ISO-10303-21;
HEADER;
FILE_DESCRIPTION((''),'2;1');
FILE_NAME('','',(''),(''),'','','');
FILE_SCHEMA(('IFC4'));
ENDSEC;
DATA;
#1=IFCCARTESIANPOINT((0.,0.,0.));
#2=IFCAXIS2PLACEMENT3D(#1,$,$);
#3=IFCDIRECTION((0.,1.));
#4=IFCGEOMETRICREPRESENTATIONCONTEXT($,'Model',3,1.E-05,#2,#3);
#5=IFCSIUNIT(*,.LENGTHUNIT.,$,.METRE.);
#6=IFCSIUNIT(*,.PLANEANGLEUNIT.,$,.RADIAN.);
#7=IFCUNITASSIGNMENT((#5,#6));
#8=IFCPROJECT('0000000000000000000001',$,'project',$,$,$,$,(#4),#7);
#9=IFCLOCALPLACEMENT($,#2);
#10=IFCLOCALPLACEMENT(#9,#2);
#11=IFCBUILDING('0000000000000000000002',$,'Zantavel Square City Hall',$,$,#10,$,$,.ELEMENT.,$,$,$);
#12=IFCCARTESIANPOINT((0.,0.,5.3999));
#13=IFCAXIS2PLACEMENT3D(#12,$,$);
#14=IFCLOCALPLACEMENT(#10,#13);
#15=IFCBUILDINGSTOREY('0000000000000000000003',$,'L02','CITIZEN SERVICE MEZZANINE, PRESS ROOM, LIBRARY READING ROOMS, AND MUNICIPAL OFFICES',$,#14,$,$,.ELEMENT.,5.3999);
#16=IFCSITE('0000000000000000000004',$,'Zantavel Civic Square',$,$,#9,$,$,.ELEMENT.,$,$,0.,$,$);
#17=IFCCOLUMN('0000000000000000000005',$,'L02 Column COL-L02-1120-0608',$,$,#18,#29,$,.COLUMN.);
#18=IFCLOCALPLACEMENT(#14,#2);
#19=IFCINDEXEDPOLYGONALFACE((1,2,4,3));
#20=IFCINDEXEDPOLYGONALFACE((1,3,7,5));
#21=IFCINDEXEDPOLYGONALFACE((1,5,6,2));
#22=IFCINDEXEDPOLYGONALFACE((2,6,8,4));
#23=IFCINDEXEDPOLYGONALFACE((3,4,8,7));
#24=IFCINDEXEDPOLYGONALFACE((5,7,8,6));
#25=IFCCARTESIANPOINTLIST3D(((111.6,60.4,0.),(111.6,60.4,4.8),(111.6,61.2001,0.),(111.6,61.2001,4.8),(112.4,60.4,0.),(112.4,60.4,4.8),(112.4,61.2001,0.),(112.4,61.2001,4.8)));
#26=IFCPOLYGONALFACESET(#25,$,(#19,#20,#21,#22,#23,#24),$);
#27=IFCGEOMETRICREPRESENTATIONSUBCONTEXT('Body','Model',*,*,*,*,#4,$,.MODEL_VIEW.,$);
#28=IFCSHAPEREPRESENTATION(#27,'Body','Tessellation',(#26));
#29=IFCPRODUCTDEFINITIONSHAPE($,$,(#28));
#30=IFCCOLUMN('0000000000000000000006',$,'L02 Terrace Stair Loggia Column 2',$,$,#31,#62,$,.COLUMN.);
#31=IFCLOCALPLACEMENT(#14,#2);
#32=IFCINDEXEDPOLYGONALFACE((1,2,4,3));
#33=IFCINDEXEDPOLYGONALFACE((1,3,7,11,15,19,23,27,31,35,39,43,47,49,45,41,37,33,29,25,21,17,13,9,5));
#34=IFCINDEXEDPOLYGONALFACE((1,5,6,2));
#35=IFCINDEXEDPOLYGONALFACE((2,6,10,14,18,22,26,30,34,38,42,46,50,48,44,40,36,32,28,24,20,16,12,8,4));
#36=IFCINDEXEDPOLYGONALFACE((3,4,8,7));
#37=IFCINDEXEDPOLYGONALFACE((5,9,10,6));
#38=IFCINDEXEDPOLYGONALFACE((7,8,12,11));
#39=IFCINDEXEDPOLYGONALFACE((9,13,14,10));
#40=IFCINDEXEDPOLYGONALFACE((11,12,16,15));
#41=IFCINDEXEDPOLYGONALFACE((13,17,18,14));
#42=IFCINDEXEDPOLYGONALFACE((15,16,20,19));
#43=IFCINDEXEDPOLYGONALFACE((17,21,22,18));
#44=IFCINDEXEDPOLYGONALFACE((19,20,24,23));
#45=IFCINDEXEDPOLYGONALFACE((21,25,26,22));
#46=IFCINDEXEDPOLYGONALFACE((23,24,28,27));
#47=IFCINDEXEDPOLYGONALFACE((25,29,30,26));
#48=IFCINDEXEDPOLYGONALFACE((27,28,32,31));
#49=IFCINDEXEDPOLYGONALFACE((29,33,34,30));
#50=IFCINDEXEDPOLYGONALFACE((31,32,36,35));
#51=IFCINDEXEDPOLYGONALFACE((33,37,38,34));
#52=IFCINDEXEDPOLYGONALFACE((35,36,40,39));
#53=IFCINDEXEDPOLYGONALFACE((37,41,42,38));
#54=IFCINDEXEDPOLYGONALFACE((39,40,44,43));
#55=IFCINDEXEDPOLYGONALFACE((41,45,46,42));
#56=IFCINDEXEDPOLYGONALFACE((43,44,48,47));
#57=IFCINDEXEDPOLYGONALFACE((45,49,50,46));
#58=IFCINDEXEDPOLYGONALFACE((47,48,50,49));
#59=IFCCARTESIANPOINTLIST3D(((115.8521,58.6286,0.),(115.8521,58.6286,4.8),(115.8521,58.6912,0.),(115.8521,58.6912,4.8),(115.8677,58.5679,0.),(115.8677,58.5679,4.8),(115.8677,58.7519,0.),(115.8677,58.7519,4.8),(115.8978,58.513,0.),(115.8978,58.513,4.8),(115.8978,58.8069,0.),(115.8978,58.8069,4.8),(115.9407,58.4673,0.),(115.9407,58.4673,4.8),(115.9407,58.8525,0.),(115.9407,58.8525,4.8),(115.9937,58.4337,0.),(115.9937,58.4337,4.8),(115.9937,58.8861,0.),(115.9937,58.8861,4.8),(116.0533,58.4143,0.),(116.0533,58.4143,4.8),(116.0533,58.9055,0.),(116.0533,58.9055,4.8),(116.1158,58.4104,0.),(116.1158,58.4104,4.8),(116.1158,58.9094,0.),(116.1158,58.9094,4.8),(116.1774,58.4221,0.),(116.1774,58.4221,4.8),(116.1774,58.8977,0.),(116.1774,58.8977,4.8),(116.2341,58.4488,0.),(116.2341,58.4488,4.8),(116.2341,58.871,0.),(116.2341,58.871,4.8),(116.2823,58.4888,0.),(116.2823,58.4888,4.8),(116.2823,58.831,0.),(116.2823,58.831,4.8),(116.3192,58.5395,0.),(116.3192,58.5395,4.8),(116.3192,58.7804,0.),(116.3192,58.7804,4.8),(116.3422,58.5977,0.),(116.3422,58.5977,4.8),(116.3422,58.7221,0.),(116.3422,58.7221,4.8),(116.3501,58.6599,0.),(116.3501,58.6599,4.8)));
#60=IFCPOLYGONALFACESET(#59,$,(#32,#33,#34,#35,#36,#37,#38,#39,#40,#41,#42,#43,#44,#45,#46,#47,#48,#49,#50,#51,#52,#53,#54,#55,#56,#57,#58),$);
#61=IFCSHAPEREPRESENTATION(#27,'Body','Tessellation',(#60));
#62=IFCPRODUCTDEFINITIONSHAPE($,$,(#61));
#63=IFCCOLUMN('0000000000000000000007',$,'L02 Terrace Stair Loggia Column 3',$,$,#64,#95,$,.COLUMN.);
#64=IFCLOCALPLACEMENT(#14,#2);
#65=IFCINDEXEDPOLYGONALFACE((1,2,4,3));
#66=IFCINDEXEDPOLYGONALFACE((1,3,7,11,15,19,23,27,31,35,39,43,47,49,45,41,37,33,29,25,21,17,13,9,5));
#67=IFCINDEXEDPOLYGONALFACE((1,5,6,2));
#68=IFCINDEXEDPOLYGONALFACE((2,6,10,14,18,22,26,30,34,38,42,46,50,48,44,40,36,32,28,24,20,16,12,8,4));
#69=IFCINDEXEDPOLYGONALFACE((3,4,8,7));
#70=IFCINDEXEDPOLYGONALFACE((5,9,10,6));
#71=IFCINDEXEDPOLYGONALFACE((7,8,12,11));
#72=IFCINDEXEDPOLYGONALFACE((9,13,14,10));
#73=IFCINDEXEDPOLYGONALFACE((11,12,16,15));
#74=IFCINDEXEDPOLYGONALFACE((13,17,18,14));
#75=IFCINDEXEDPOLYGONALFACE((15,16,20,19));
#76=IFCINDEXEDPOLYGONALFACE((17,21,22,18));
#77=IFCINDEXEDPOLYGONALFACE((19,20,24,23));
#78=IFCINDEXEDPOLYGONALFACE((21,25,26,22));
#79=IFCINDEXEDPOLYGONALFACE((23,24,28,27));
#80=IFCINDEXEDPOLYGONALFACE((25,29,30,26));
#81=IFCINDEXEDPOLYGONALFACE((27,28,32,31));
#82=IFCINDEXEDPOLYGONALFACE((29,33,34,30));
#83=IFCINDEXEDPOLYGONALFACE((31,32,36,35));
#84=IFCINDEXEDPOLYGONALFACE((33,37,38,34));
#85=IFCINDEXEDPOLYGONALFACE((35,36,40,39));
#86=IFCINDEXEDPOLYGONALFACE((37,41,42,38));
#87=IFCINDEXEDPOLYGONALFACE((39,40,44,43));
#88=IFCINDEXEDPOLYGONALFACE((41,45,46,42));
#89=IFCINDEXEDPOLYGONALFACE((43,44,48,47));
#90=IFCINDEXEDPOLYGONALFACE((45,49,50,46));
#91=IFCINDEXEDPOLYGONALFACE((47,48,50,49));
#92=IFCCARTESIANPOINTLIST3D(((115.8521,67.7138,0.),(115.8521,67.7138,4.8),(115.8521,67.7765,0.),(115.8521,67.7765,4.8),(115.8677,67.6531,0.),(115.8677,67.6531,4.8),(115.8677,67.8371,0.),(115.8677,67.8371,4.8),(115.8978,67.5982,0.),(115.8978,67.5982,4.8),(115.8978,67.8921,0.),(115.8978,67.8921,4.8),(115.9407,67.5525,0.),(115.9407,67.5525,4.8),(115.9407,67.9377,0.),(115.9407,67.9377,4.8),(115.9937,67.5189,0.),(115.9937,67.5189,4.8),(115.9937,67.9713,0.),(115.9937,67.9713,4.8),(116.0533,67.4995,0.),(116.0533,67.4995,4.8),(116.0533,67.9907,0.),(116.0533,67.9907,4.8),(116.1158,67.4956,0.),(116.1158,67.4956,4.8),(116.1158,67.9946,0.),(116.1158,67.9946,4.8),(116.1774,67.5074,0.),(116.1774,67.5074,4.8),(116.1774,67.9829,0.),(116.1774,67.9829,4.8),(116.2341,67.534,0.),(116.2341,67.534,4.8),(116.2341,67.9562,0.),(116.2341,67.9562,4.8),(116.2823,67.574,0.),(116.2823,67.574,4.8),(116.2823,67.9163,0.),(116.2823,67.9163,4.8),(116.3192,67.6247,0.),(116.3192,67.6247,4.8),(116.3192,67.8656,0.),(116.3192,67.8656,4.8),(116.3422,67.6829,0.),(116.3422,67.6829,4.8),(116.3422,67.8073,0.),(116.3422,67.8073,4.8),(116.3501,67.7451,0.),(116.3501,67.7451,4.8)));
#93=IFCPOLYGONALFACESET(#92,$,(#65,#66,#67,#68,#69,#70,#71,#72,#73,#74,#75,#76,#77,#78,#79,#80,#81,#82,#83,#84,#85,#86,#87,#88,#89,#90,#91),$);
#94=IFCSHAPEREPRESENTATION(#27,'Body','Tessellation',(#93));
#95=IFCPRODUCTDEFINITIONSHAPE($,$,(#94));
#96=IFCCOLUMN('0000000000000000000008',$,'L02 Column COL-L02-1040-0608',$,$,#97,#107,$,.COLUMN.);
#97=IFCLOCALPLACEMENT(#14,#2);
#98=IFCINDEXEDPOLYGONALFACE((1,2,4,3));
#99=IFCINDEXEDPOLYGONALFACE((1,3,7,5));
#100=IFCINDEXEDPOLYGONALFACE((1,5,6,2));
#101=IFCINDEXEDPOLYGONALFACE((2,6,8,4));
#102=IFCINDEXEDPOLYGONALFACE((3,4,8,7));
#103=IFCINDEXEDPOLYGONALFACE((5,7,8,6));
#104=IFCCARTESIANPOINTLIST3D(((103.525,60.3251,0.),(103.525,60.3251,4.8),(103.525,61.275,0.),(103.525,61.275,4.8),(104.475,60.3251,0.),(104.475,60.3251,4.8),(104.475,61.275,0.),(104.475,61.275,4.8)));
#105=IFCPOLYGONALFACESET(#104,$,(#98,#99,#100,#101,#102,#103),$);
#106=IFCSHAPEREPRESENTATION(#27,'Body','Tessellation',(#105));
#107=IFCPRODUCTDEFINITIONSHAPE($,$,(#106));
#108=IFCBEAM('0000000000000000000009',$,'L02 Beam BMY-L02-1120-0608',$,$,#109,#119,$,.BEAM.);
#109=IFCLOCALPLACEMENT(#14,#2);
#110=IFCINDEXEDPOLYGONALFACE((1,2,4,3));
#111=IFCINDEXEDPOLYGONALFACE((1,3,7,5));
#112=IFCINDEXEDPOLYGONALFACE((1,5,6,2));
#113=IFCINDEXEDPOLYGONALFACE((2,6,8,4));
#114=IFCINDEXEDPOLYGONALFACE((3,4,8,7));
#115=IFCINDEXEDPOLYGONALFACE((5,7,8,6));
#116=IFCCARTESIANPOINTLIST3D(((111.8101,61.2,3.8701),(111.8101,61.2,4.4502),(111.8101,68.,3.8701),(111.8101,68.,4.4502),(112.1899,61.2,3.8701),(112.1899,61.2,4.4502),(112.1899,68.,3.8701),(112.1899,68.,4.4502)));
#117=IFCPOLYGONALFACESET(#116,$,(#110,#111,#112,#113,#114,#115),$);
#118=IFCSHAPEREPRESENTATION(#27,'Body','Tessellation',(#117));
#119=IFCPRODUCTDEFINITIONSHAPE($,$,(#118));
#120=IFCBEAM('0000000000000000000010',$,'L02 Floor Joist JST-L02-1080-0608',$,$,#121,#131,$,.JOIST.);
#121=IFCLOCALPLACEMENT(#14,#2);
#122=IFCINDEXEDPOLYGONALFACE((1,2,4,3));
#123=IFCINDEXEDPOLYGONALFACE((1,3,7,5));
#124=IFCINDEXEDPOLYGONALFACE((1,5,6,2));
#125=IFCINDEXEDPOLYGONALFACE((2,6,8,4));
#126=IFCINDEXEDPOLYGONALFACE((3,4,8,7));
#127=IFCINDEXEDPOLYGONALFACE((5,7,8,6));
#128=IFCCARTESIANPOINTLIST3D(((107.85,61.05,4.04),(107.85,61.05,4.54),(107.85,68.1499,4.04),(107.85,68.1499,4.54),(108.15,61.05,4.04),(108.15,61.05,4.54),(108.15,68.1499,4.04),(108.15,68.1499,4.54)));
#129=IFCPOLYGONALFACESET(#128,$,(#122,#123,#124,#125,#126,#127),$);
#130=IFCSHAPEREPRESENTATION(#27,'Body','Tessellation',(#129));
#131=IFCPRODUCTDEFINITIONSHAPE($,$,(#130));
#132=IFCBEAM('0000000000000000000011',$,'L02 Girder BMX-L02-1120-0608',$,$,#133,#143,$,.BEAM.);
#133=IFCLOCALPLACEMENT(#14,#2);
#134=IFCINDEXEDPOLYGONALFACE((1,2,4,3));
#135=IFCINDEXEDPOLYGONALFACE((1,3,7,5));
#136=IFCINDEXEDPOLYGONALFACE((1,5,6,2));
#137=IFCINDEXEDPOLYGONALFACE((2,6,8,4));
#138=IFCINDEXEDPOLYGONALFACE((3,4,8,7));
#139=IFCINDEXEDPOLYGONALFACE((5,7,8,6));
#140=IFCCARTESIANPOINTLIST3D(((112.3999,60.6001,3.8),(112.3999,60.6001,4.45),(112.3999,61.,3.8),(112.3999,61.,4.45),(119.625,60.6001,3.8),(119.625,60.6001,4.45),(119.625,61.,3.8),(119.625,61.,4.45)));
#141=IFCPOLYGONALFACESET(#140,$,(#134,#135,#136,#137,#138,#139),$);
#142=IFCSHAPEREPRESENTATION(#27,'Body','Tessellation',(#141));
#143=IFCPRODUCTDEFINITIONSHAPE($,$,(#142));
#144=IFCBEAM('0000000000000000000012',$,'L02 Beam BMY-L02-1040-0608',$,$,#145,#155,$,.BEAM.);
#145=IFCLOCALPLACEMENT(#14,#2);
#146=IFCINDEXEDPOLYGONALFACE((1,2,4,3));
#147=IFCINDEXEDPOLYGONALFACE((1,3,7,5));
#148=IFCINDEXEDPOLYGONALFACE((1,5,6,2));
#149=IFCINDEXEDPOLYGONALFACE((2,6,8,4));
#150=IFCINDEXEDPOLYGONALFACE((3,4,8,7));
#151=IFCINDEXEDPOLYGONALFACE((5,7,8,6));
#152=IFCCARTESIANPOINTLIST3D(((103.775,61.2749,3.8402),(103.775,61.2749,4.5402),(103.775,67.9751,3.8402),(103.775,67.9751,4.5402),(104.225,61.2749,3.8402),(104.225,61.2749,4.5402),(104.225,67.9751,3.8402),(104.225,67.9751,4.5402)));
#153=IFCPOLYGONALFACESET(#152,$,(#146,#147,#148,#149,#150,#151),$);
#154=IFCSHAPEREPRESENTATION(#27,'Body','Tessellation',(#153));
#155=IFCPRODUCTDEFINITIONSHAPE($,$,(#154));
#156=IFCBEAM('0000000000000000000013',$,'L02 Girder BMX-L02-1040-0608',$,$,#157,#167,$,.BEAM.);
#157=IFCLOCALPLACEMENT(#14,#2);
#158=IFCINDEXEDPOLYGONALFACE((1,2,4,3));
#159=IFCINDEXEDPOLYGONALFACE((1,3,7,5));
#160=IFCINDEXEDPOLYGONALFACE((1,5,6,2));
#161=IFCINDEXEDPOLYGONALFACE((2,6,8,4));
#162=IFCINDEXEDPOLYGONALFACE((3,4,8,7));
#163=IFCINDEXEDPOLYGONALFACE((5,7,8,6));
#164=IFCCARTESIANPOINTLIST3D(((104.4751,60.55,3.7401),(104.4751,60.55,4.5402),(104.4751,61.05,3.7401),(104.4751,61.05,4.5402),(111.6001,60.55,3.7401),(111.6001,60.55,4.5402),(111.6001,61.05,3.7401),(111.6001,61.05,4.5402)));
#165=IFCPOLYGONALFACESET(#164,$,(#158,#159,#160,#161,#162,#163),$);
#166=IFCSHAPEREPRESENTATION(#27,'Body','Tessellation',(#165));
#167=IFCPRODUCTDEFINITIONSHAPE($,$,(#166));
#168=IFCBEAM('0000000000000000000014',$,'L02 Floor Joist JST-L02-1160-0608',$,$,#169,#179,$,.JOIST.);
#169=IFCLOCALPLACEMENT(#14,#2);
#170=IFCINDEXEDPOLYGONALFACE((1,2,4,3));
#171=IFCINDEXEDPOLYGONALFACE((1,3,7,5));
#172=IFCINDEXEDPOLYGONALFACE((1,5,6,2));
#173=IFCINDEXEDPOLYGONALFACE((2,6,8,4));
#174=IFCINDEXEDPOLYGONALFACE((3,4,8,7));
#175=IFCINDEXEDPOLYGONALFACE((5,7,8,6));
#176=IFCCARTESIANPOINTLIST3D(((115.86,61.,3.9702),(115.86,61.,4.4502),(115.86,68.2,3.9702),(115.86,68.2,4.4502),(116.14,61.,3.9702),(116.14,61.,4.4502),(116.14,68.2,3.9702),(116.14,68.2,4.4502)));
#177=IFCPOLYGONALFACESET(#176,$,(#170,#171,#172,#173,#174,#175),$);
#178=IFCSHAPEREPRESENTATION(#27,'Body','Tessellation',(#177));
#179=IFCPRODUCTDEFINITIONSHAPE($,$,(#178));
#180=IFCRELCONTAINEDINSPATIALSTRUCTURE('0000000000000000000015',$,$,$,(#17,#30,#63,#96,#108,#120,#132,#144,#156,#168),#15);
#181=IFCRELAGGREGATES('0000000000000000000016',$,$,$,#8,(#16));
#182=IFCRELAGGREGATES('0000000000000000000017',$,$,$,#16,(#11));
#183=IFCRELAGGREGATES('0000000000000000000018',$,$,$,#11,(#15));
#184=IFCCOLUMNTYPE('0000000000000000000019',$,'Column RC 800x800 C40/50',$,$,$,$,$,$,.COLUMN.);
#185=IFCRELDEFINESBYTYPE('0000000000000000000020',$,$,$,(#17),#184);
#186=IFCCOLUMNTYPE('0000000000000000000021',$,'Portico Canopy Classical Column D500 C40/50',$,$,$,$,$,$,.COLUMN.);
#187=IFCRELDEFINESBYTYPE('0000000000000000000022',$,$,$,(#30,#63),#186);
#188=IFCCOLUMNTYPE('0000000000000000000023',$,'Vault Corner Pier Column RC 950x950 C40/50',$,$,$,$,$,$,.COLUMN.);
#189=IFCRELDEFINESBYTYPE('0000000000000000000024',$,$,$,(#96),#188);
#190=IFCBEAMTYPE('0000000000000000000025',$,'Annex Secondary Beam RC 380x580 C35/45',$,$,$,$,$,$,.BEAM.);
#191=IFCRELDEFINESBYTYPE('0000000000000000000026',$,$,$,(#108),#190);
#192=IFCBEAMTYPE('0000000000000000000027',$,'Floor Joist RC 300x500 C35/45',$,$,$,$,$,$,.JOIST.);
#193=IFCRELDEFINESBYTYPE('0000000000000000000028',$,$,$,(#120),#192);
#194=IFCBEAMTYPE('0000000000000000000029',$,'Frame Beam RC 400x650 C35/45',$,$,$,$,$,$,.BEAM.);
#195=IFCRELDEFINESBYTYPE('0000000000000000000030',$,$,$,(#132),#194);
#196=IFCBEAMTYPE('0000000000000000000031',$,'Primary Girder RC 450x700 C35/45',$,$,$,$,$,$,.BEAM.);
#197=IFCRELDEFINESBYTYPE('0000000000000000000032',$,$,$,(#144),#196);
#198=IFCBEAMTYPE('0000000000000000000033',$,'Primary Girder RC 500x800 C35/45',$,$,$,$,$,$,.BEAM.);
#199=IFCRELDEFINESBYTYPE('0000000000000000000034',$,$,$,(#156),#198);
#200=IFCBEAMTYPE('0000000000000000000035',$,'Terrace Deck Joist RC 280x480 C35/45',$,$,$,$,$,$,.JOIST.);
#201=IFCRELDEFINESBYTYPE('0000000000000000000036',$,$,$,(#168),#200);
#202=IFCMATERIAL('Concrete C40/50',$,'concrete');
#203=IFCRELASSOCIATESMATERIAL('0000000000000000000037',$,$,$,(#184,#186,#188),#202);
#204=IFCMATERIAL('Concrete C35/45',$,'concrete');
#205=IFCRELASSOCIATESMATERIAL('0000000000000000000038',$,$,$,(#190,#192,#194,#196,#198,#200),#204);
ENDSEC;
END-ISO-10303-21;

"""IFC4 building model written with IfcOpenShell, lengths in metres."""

from ifc_helpers import new_model, si_unit, direction, frame, origin, origin_2d, place, context, subcontext, project, spatial, rectangle, circle, extrude, material, material_profile, profile_set, type_object, element, save


model = new_model("IFC4")

# Units and contexts
model_context = context("Model", 3, precision=1e-05, world=origin(), true_north=direction((0.0, 1.0)))
body_context = subcontext(model_context, "Body", "Model", "MODEL_VIEW")
ifc_project = project(units=[si_unit("LENGTHUNIT", "METRE"), si_unit("PLANEANGLEUNIT", "RADIAN")], contexts=[model_context])

# Site, building, storey
site_placement = place(None, origin())
site = spatial("IfcSite", under=ifc_project, at=site_placement, Name="Zantavel Civic Square", CompositionType="ELEMENT", RefElevation=0.0)
building_placement = place(site_placement, origin())
building = spatial("IfcBuilding", under=site, at=building_placement, Name="Zantavel Square City Hall", CompositionType="ELEMENT")
storey_placement = place(building_placement, frame((0.0, 0.0, 5.3999)))
storey = spatial("IfcBuildingStorey", under=building, at=storey_placement, Name="L02", Description="CITIZEN SERVICE MEZZANINE, PRESS ROOM, LIBRARY READING ROOMS, AND MUNICIPAL OFFICES", CompositionType="ELEMENT", Elevation=5.3999)

# Columns
ifc_material_1 = material(Name="Concrete C40/50", Category="concrete")
ifc_material_profile_1 = material_profile(ifc_material_1, rectangle(XDim=0.8, YDim=0.8, at=origin_2d()), Name="RC 800x800")
ifc_profile_set_1 = profile_set([ifc_material_profile_1], Name="Concrete C40/50")
column_type_1 = type_object("IfcColumnType", Name="Column RC 800x800 C40/50", PredefinedType="COLUMN", material=ifc_profile_set_1)
column_1_placement = place(storey_placement, frame((112.0, 60.8, 0.0), z_axis=(0.0, 0.0, 1.0), x_axis=(1.0, 0.0, 0.0)))
element("IfcColumn", 1, at=column_1_placement, inside=storey, type_object=column_type_1, Name="L02 Column COL-L02-1120-0608", PredefinedType="COLUMN", context=body_context, shape_type="SweptSolid", body=[
    extrude(rectangle(XDim=0.8, YDim=0.8, at=origin_2d()), origin(), (0.0, 0.0, 1.0), 4.8),
])
ifc_material_profile_2 = material_profile(ifc_material_1, circle(Radius=0.25, at=origin_2d()), Name="ROUND D500")
ifc_profile_set_2 = profile_set([ifc_material_profile_2], Name="Concrete C40/50")
column_type_2 = type_object("IfcColumnType", Name="Portico Canopy Classical Column D500 C40/50", PredefinedType="COLUMN", material=ifc_profile_set_2)
for number, where, z_axis, x_axis, name in (
    (2, (116.1001, 58.6599, 0.0), (0.0, 0.0, 1.0), (1.0, 0.0, 0.0), "L02 Terrace Stair Loggia Column 2"),
    (3, (116.1001, 67.7451, 0.0), (0.0, 0.0, 1.0), (1.0, 0.0, 0.0), "L02 Terrace Stair Loggia Column 3"),
):
    element("IfcColumn", number, at=place(storey_placement, frame(where, z_axis=z_axis, x_axis=x_axis)), inside=storey, type_object=column_type_2, Name=name, PredefinedType="COLUMN", context=body_context, shape_type="SweptSolid", body=[
        extrude(circle(Radius=0.25, at=origin_2d()), origin(), (0.0, 0.0, 1.0), 4.8),
    ])
ifc_material_profile_3 = material_profile(ifc_material_1, rectangle(XDim=0.95, YDim=0.95, at=origin_2d()), Name="RC 950x950")
ifc_profile_set_3 = profile_set([ifc_material_profile_3], Name="Concrete C40/50")
column_type_3 = type_object("IfcColumnType", Name="Vault Corner Pier Column RC 950x950 C40/50", PredefinedType="COLUMN", material=ifc_profile_set_3)
column_2_placement = place(storey_placement, frame((104.0, 60.8, 0.0), z_axis=(0.0, 0.0, 1.0), x_axis=(1.0, 0.0, 0.0)))
element("IfcColumn", 4, at=column_2_placement, inside=storey, type_object=column_type_3, Name="L02 Column COL-L02-1040-0608", PredefinedType="COLUMN", context=body_context, shape_type="SweptSolid", body=[
    extrude(rectangle(XDim=0.95, YDim=0.95, at=origin_2d()), origin(), (0.0, 0.0, 1.0), 4.8),
])

# Beams
ifc_material_2 = material(Name="Concrete C35/45", Category="concrete")
ifc_material_profile_4 = material_profile(ifc_material_2, rectangle(XDim=0.3799, YDim=0.5801, at=origin_2d()), Name="RC 380x580")
ifc_profile_set_4 = profile_set([ifc_material_profile_4], Name="Concrete C35/45")
beam_type_1 = type_object("IfcBeamType", Name="Annex Secondary Beam RC 380x580 C35/45", PredefinedType="BEAM", material=ifc_profile_set_4)
beam_1_placement = place(storey_placement, frame((112.0, 61.2, 4.1602), z_axis=(0.0, 1.0, 0.0), x_axis=(-1.0, 0.0, 0.0)))
element("IfcBeam", 5, at=beam_1_placement, inside=storey, type_object=beam_type_1, Name="L02 Beam BMY-L02-1120-0608", PredefinedType="BEAM", context=body_context, shape_type="SweptSolid", body=[
    extrude(rectangle(XDim=0.3799, YDim=0.5801, at=origin_2d()), origin(), (0.0, 0.0, 1.0), 6.8),
])
ifc_material_profile_5 = material_profile(ifc_material_2, rectangle(XDim=0.3, YDim=0.5, at=origin_2d()), Name="RC 300x500")
ifc_profile_set_5 = profile_set([ifc_material_profile_5], Name="Concrete C35/45")
beam_type_2 = type_object("IfcBeamType", Name="Floor Joist RC 300x500 C35/45", PredefinedType="JOIST", material=ifc_profile_set_5)
beam_2_placement = place(storey_placement, frame((108.0, 61.05, 4.29), z_axis=(0.0, 1.0, 0.0), x_axis=(-1.0, 0.0, 0.0)))
element("IfcBeam", 6, at=beam_2_placement, inside=storey, type_object=beam_type_2, Name="L02 Floor Joist JST-L02-1080-0608", PredefinedType="JOIST", context=body_context, shape_type="SweptSolid", body=[
    extrude(rectangle(XDim=0.3, YDim=0.5, at=origin_2d()), origin(), (0.0, 0.0, 1.0), 7.0999),
])
ifc_material_profile_6 = material_profile(ifc_material_2, rectangle(XDim=0.3999, YDim=0.6499, at=origin_2d()), Name="RC 400x650")
ifc_profile_set_6 = profile_set([ifc_material_profile_6], Name="Concrete C35/45")
beam_type_3 = type_object("IfcBeamType", Name="Frame Beam RC 400x650 C35/45", PredefinedType="BEAM", material=ifc_profile_set_6)
beam_3_placement = place(storey_placement, frame((112.3999, 60.8, 4.125), z_axis=(1.0, 0.0, 0.0), x_axis=(0.0, 1.0, 0.0)))
element("IfcBeam", 7, at=beam_3_placement, inside=storey, type_object=beam_type_3, Name="L02 Girder BMX-L02-1120-0608", PredefinedType="BEAM", context=body_context, shape_type="SweptSolid", body=[
    extrude(rectangle(XDim=0.3999, YDim=0.6499, at=origin_2d()), origin(), (0.0, 0.0, 1.0), 7.2251),
])
ifc_material_profile_7 = material_profile(ifc_material_2, rectangle(XDim=0.45, YDim=0.7, at=origin_2d()), Name="RC 450x700")
ifc_profile_set_7 = profile_set([ifc_material_profile_7], Name="Concrete C35/45")
beam_type_4 = type_object("IfcBeamType", Name="Primary Girder RC 450x700 C35/45", PredefinedType="BEAM", material=ifc_profile_set_7)
beam_4_placement = place(storey_placement, frame((104.0, 61.2749, 4.1902), z_axis=(0.0, 1.0, 0.0), x_axis=(-1.0, 0.0, 0.0)))
element("IfcBeam", 8, at=beam_4_placement, inside=storey, type_object=beam_type_4, Name="L02 Beam BMY-L02-1040-0608", PredefinedType="BEAM", context=body_context, shape_type="SweptSolid", body=[
    extrude(rectangle(XDim=0.45, YDim=0.7, at=origin_2d()), origin(), (0.0, 0.0, 1.0), 6.7002),
])
ifc_material_profile_8 = material_profile(ifc_material_2, rectangle(XDim=0.5, YDim=0.8, at=origin_2d()), Name="RC 500x800")
ifc_profile_set_8 = profile_set([ifc_material_profile_8], Name="Concrete C35/45")
beam_type_5 = type_object("IfcBeamType", Name="Primary Girder RC 500x800 C35/45", PredefinedType="BEAM", material=ifc_profile_set_8)
beam_5_placement = place(storey_placement, frame((104.4751, 60.8, 4.1401), z_axis=(1.0, 0.0, 0.0), x_axis=(0.0, 1.0, 0.0)))
element("IfcBeam", 9, at=beam_5_placement, inside=storey, type_object=beam_type_5, Name="L02 Girder BMX-L02-1040-0608", PredefinedType="BEAM", context=body_context, shape_type="SweptSolid", body=[
    extrude(rectangle(XDim=0.5, YDim=0.8, at=origin_2d()), origin(), (0.0, 0.0, 1.0), 7.125),
])
ifc_material_profile_9 = material_profile(ifc_material_2, rectangle(XDim=0.28, YDim=0.48, at=origin_2d()), Name="RC 280x480")
ifc_profile_set_9 = profile_set([ifc_material_profile_9], Name="Concrete C35/45")
beam_type_6 = type_object("IfcBeamType", Name="Terrace Deck Joist RC 280x480 C35/45", PredefinedType="JOIST", material=ifc_profile_set_9)
beam_6_placement = place(storey_placement, frame((116.0, 61.0, 4.2102), z_axis=(0.0, 1.0, 0.0), x_axis=(-1.0, 0.0, 0.0)))
element("IfcBeam", 10, at=beam_6_placement, inside=storey, type_object=beam_type_6, Name="L02 Floor Joist JST-L02-1160-0608", PredefinedType="JOIST", context=body_context, shape_type="SweptSolid", body=[
    extrude(rectangle(XDim=0.28, YDim=0.48, at=origin_2d()), origin(), (0.0, 0.0, 1.0), 7.2),
])

save(model, "model.ifc")
